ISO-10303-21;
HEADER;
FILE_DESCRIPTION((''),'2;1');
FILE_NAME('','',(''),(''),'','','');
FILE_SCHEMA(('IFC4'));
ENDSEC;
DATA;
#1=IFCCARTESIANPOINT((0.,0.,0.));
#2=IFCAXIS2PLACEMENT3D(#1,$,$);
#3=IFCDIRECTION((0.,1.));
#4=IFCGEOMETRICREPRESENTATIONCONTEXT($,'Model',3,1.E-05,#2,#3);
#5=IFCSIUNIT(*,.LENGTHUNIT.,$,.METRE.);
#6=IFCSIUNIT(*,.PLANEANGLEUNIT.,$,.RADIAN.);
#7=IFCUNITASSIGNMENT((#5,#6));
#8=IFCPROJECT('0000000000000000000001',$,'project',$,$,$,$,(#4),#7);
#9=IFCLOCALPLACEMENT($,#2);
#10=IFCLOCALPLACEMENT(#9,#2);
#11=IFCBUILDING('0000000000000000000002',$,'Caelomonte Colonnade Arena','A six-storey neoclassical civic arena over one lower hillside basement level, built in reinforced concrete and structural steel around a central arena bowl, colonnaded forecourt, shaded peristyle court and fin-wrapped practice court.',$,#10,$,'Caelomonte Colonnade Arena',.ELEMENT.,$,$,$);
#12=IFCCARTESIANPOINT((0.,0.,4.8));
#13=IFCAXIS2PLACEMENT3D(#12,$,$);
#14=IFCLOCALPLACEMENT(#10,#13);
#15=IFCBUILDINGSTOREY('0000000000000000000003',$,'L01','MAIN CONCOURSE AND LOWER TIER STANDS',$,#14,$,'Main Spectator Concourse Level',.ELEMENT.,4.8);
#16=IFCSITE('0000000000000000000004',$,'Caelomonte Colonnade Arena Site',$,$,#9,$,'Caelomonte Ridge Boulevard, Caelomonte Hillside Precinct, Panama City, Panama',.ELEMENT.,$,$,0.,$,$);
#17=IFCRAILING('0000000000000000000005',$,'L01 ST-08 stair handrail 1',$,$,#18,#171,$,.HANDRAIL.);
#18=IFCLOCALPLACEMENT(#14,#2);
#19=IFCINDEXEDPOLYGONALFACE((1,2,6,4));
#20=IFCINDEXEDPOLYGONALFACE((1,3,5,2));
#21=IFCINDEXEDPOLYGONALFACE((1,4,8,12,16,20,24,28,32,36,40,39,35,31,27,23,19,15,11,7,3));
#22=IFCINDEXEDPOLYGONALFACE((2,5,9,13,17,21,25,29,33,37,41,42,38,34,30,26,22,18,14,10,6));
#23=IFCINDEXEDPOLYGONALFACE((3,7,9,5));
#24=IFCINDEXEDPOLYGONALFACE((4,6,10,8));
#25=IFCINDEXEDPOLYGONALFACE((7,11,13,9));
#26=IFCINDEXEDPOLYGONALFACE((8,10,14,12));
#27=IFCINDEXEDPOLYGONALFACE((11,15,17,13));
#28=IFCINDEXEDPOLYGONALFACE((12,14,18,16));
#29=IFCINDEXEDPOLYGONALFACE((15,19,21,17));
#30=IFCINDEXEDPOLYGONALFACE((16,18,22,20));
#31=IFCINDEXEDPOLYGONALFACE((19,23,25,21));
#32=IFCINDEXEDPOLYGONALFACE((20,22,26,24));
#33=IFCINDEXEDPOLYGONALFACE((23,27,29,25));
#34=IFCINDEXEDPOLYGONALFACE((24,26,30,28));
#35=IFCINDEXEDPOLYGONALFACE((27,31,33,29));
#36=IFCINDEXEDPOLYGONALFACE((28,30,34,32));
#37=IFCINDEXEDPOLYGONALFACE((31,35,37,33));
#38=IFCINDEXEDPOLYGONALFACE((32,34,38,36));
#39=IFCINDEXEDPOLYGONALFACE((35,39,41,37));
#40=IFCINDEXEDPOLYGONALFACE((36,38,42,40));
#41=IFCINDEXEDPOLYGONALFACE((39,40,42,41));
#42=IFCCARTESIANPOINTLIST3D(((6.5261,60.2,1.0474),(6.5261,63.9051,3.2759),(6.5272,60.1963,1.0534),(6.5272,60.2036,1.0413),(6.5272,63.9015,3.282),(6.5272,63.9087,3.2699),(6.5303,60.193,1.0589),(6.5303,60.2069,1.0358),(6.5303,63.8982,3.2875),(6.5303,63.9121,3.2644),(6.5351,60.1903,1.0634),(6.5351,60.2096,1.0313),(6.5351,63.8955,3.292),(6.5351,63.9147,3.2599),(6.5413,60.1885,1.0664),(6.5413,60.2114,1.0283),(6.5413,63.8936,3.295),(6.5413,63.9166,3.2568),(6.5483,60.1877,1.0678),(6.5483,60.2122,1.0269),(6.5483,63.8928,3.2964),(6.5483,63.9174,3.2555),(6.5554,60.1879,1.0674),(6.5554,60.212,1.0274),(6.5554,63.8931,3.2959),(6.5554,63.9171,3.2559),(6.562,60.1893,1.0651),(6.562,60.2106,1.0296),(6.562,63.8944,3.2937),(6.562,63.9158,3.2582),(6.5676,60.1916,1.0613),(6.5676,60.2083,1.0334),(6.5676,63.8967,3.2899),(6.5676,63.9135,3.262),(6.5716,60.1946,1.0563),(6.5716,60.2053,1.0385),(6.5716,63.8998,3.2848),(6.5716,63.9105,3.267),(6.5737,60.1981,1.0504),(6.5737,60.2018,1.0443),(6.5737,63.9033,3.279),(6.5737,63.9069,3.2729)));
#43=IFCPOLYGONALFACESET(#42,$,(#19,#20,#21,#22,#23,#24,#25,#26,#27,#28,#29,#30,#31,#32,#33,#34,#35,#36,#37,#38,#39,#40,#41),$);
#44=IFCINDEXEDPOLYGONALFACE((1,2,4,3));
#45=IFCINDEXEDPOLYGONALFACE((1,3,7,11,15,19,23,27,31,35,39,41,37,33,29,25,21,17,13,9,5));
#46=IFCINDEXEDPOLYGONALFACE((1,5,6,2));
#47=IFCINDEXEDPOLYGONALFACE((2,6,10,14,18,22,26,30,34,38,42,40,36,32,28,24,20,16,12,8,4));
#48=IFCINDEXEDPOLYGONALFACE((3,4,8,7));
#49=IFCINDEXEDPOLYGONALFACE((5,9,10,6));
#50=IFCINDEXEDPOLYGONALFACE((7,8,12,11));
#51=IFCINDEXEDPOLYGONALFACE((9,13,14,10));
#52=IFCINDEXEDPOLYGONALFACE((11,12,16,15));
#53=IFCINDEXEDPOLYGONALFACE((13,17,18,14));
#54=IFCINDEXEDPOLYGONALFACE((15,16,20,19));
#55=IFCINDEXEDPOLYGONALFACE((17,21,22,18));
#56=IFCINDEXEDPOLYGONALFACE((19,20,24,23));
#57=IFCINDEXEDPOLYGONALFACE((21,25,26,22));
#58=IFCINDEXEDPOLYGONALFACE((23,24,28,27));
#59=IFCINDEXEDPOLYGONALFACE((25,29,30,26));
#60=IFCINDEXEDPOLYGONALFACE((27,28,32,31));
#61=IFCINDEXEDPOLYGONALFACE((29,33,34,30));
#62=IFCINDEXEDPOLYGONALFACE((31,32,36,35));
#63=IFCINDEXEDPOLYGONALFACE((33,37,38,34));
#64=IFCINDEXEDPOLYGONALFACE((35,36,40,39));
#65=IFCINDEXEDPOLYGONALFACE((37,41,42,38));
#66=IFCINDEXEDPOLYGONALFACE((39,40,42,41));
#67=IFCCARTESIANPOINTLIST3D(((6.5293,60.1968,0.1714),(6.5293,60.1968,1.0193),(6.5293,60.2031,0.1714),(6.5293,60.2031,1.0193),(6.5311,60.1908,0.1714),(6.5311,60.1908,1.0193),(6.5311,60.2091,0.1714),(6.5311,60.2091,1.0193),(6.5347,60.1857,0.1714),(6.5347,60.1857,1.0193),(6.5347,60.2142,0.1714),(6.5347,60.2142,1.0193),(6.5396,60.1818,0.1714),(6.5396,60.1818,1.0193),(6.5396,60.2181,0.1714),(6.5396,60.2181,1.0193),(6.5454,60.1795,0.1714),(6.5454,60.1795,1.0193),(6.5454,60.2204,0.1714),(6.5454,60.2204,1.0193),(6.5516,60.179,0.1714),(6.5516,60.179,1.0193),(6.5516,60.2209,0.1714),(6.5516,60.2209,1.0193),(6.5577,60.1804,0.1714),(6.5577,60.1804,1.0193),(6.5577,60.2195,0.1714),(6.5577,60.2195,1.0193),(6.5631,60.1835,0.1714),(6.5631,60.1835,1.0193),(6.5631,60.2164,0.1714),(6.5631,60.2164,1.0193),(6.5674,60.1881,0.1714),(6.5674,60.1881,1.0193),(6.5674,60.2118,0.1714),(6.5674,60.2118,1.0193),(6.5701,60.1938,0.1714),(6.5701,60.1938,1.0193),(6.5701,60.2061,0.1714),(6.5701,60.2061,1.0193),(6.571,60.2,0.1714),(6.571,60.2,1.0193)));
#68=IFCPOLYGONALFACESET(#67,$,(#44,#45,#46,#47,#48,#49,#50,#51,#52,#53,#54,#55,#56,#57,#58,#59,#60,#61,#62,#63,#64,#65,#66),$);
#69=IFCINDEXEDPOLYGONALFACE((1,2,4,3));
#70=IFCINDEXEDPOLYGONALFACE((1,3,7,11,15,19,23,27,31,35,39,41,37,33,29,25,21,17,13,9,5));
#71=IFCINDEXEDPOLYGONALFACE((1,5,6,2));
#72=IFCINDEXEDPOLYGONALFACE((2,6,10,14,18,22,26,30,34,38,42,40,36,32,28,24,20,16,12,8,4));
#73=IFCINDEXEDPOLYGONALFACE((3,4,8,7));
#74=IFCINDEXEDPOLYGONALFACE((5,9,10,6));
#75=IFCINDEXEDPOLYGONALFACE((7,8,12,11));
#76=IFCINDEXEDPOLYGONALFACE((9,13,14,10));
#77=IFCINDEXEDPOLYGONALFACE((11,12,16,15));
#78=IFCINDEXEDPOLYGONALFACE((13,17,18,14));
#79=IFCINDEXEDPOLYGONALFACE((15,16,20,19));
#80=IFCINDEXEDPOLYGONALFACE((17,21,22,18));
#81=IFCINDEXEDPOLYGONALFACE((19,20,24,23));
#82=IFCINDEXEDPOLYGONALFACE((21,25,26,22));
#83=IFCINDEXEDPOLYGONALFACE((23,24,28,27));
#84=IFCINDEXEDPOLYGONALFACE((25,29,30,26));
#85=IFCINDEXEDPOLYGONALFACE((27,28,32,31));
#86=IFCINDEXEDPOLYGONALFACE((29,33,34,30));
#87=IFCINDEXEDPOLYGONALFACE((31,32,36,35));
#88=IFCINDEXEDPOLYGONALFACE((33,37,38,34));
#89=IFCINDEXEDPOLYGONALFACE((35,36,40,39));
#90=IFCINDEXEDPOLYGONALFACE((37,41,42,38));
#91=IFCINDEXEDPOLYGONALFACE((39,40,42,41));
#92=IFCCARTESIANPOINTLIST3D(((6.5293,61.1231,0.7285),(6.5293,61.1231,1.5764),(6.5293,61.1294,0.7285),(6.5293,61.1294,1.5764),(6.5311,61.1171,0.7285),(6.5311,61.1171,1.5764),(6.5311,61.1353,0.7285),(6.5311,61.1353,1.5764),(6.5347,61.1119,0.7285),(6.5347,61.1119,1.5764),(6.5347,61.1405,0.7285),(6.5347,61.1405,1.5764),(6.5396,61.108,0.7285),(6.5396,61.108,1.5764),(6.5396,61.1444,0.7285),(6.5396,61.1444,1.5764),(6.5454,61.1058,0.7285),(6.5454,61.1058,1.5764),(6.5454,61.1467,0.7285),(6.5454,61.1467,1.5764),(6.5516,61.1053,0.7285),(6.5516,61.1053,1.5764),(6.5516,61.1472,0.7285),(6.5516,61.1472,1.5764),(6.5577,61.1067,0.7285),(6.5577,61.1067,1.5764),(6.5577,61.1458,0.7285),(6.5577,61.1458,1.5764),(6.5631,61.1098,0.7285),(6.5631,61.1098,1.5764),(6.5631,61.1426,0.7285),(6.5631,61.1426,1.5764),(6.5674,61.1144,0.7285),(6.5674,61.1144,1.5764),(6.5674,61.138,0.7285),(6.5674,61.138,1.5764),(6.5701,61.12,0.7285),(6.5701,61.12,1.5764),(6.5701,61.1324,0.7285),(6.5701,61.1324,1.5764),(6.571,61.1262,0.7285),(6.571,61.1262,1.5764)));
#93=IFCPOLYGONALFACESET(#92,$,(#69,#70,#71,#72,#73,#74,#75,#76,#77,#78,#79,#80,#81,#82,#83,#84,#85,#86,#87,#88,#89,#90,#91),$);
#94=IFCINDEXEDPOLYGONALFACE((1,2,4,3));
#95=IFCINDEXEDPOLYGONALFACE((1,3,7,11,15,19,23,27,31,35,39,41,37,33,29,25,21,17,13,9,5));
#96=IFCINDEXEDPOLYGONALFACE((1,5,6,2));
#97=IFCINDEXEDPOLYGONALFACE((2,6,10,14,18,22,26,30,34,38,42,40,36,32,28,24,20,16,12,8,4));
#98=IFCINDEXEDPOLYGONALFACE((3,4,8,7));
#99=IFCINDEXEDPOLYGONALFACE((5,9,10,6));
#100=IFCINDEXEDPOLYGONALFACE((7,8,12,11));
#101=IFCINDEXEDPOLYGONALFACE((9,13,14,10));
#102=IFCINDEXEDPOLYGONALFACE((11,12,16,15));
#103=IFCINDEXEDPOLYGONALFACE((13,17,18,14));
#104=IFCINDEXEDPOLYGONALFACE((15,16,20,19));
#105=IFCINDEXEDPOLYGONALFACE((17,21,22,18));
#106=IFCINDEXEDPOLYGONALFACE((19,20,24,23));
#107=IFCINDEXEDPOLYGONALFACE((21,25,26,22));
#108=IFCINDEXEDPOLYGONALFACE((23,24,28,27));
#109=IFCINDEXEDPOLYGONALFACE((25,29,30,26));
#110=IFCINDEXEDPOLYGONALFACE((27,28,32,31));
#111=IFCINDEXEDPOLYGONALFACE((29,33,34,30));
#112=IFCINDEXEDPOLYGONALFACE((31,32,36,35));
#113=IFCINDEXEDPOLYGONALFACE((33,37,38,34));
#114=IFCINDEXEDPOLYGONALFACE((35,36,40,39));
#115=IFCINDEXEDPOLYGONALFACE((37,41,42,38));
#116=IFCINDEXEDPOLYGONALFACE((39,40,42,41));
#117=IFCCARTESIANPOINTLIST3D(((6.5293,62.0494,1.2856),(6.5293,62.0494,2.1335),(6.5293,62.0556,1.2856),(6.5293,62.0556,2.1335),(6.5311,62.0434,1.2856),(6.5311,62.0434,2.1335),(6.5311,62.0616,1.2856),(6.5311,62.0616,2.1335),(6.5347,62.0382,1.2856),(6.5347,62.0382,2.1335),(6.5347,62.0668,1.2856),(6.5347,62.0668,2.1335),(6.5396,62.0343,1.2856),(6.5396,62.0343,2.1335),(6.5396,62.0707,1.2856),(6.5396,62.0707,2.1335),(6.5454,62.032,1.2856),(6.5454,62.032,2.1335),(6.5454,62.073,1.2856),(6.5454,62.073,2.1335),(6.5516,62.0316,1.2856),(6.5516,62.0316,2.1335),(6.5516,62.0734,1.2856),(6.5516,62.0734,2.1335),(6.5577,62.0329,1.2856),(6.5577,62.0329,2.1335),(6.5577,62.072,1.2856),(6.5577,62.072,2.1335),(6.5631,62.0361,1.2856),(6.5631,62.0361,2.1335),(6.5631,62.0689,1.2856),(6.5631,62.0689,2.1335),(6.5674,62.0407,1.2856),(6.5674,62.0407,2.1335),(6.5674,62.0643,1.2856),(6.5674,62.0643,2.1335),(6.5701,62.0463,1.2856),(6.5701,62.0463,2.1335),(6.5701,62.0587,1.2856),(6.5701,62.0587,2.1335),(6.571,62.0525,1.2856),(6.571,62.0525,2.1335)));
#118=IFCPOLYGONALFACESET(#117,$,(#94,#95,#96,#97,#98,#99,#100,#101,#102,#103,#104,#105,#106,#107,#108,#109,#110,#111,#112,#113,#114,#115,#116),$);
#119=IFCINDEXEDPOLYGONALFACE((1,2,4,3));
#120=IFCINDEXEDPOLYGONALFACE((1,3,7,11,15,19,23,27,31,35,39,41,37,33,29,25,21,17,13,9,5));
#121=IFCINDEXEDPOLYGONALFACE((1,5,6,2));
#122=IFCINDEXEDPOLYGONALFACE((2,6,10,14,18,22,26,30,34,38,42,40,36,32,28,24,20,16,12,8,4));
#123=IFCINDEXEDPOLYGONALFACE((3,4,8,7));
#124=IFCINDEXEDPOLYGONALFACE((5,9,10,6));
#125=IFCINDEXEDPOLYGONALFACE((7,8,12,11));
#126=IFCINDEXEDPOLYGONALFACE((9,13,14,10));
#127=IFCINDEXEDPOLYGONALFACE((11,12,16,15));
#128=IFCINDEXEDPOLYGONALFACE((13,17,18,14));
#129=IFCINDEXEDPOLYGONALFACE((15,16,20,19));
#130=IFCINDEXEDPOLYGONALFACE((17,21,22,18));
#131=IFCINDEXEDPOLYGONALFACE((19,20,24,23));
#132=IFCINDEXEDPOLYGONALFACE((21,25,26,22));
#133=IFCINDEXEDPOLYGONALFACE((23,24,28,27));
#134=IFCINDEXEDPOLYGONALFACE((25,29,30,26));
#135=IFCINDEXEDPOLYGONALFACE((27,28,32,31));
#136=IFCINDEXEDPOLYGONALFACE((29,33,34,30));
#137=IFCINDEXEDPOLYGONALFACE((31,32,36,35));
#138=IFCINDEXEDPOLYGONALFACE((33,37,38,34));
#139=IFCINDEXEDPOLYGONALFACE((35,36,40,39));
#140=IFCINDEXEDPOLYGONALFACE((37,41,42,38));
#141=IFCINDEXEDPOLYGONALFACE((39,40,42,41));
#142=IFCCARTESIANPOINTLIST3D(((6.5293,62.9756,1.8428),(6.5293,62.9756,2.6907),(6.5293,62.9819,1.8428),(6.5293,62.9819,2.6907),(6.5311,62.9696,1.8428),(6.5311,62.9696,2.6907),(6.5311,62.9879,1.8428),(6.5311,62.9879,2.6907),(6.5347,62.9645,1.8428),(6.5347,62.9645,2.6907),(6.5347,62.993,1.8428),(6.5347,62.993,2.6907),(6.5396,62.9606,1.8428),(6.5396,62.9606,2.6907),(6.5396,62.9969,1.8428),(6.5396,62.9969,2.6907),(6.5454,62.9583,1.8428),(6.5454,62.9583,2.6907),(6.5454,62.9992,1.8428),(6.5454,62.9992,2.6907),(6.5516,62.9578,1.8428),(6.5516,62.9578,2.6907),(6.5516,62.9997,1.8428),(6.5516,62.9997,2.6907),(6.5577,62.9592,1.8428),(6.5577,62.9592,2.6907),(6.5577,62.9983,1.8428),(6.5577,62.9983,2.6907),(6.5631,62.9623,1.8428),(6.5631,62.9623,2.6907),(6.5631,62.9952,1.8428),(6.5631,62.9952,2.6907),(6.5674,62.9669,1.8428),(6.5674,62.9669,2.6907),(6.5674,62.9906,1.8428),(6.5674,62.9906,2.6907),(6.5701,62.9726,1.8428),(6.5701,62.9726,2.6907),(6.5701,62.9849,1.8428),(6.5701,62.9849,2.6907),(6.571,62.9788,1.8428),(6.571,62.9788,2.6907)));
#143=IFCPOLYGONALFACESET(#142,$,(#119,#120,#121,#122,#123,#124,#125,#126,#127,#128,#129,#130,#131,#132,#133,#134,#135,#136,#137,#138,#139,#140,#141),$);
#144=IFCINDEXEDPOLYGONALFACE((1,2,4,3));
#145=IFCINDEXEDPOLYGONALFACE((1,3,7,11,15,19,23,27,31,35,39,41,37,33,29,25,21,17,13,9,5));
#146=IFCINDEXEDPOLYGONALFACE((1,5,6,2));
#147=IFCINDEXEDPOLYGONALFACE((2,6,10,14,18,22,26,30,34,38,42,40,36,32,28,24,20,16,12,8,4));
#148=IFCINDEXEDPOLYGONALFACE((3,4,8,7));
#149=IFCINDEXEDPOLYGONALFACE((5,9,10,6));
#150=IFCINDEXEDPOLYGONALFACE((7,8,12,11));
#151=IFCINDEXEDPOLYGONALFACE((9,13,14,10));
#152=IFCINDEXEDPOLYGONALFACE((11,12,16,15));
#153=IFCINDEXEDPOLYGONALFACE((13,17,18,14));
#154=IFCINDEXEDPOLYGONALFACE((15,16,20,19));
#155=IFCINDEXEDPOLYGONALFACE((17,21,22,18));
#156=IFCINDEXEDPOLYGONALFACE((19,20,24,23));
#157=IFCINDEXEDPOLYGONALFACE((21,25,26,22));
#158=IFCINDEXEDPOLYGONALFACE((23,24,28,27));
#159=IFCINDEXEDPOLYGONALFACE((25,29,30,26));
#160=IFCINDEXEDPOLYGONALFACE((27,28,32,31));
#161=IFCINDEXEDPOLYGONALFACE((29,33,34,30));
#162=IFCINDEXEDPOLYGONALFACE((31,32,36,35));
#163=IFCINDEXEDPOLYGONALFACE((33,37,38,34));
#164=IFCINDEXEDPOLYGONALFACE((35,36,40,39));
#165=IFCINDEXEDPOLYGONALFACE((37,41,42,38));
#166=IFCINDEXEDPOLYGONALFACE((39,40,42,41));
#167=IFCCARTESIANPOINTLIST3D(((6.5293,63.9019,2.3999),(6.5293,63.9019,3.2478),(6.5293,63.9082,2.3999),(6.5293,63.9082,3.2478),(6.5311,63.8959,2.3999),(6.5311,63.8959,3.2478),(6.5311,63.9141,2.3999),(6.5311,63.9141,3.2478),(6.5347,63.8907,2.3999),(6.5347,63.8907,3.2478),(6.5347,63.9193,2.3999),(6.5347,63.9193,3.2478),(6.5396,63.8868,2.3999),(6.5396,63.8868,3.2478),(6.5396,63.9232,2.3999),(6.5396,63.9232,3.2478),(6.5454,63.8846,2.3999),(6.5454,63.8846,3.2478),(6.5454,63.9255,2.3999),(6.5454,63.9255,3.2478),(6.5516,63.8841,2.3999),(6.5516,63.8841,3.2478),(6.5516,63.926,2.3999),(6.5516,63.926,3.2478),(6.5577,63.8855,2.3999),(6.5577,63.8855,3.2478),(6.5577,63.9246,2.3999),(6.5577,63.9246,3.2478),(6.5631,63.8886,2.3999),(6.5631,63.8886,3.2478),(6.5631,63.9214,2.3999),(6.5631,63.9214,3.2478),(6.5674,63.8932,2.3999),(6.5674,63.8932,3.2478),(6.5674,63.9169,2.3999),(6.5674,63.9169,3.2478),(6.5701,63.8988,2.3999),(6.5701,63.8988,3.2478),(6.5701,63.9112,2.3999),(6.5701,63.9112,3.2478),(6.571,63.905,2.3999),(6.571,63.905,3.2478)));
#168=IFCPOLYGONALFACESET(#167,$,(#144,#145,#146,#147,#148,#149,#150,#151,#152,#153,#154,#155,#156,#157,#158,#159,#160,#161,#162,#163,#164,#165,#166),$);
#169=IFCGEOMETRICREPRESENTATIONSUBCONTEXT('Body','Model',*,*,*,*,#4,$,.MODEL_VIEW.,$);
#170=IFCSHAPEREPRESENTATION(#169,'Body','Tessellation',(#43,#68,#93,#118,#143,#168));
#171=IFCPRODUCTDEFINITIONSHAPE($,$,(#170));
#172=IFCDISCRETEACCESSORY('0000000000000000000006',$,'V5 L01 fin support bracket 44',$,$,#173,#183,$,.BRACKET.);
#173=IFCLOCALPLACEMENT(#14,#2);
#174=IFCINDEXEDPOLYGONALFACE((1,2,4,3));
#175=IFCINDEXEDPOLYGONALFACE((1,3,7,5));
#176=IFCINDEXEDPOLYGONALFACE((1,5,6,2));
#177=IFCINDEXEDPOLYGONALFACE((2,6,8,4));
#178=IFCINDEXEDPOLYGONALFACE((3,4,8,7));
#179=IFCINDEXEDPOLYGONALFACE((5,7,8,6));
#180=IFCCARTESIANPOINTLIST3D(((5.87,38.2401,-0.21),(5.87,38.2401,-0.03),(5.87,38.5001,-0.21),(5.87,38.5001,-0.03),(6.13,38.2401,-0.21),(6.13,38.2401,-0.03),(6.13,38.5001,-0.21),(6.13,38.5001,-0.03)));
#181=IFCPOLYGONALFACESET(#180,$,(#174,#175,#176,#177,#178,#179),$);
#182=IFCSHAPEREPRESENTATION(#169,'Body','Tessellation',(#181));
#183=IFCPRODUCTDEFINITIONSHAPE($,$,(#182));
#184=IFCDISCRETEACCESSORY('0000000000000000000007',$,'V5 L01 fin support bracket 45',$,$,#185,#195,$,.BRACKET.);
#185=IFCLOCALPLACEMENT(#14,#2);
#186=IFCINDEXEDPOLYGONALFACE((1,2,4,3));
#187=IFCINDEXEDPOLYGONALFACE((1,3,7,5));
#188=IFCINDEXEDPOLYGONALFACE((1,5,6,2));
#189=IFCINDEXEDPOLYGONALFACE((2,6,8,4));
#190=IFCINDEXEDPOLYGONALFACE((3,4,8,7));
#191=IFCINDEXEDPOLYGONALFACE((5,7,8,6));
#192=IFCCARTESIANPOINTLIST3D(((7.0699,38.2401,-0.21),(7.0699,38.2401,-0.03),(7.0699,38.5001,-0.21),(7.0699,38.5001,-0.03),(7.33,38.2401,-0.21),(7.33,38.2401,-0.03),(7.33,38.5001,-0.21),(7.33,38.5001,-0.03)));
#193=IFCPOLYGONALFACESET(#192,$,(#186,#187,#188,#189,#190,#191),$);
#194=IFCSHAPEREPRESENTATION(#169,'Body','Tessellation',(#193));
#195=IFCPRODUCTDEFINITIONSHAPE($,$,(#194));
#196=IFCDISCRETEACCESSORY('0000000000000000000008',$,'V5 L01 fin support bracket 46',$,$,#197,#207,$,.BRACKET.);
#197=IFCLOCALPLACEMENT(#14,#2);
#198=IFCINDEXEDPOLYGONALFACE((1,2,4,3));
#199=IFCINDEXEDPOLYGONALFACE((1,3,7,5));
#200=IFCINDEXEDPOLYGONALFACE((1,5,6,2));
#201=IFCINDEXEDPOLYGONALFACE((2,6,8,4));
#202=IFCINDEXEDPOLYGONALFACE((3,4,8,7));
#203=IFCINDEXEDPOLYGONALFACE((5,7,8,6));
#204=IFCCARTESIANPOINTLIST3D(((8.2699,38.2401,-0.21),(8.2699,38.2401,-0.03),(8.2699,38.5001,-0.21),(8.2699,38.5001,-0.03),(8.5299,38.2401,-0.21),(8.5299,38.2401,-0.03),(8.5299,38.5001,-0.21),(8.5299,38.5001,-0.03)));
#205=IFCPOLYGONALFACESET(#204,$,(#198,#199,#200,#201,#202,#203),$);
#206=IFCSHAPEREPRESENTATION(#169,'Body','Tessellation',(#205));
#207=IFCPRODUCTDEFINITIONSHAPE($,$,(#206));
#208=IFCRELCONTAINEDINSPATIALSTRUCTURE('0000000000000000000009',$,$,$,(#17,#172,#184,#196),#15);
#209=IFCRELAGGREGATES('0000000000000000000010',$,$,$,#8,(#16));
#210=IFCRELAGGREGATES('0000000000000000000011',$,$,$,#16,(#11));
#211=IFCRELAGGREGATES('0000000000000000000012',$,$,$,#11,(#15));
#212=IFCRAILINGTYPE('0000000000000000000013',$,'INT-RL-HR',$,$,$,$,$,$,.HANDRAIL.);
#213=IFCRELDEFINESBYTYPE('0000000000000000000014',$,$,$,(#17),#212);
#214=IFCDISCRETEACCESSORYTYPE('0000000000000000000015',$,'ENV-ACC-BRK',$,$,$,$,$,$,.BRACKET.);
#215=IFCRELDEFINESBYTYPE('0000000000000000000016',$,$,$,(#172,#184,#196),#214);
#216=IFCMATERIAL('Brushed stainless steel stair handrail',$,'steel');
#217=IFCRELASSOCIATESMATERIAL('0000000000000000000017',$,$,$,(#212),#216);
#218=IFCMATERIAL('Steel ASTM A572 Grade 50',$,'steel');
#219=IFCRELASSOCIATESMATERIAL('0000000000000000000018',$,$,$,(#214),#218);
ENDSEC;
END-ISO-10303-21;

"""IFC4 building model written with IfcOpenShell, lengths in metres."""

from ifc_helpers import new_model, si_unit, direction, frame, origin, origin_2d, place, context, subcontext, project, spatial, rectangle, circle, extrude, material, type_object, element, save


model = new_model("IFC4")

# Units and contexts
model_context = context("Model", 3, precision=1e-05, world=origin(), true_north=direction((0.0, 1.0)))
body_context = subcontext(model_context, "Body", "Model", "MODEL_VIEW")
ifc_project = project(units=[si_unit("LENGTHUNIT", "METRE"), si_unit("PLANEANGLEUNIT", "RADIAN")], contexts=[model_context])

# Site, building, storey
site_placement = place(None, origin())
site = spatial("IfcSite", under=ifc_project, at=site_placement, Name="Caelomonte Colonnade Arena Site", LongName="Caelomonte Ridge Boulevard, Caelomonte Hillside Precinct, Panama City, Panama", CompositionType="ELEMENT", RefElevation=0.0)
building_placement = place(site_placement, origin())
building = spatial("IfcBuilding", under=site, at=building_placement, Name="Caelomonte Colonnade Arena", Description="A six-storey neoclassical civic arena over one lower hillside basement level, built in reinforced concrete and structural steel around a central arena bowl, colonnaded forecourt, shaded peristyle court and fin-wrapped practice court.", LongName="Caelomonte Colonnade Arena", CompositionType="ELEMENT")
storey_placement = place(building_placement, frame((0.0, 0.0, 4.8)))
storey = spatial("IfcBuildingStorey", under=building, at=storey_placement, Name="L01", Description="MAIN CONCOURSE AND LOWER TIER STANDS", LongName="Main Spectator Concourse Level", CompositionType="ELEMENT", Elevation=4.8)

# Railing
ifc_material_1 = material(Name="Brushed stainless steel stair handrail", Category="steel")
railing_type_1 = type_object("IfcRailingType", Name="INT-RL-HR", PredefinedType="HANDRAIL", material=ifc_material_1)
railing_1_placement = place(storey_placement, frame((6.55, 60.2, 0.1714)))
element("IfcRailing", 1, at=railing_1_placement, inside=storey, type_object=railing_type_1, Name="L01 ST-08 stair handrail 1", PredefinedType="HANDRAIL", context=body_context, shape_type="SweptSolid", body=[
    extrude(circle(Radius=0.0239, at=origin_2d()), frame((0.0, 0.0, 0.876), z_axis=(0.0, 0.856934, 0.515425), x_axis=(-1.0, 0.0, 0.0)), (0.0, 0.0, 1.0), 4.3237),
    extrude(circle(Radius=0.021, at=origin_2d()), origin(), (0.0, 0.0, 1.0), 0.8479),
    extrude(circle(Radius=0.021, at=origin_2d()), frame((0.0, 0.9263, 0.5571)), (0.0, 0.0, 1.0), 0.8479),
    extrude(circle(Radius=0.021, at=origin_2d()), frame((0.0, 1.8525, 1.1143)), (0.0, 0.0, 1.0), 0.8479),
    extrude(circle(Radius=0.021, at=origin_2d()), frame((0.0, 2.7788, 1.6714)), (0.0, 0.0, 1.0), 0.8479),
    extrude(circle(Radius=0.021, at=origin_2d()), frame((0.0, 3.7051, 2.2285)), (0.0, 0.0, 1.0), 0.8479),
])

# Discrete accessories
ifc_material_2 = material(Name="Steel ASTM A572 Grade 50", Category="steel")
discrete_accessory_type = type_object("IfcDiscreteAccessoryType", Name="ENV-ACC-BRK", PredefinedType="BRACKET", material=ifc_material_2)
for number, where, z_axis, x_axis, name in (
    (2, (6.0, 38.3701, -0.21), (0.0, 0.0, 1.0), (1.0, 0.0, 0.0), "V5 L01 fin support bracket 44"),
    (3, (7.2, 38.3701, -0.21), (0.0, 0.0, 1.0), (1.0, 0.0, 0.0), "V5 L01 fin support bracket 45"),
    (4, (8.3999, 38.3701, -0.21), (0.0, 0.0, 1.0), (1.0, 0.0, 0.0), "V5 L01 fin support bracket 46"),
):
    element("IfcDiscreteAccessory", number, at=place(storey_placement, frame(where, z_axis=z_axis, x_axis=x_axis)), inside=storey, type_object=discrete_accessory_type, Name=name, PredefinedType="BRACKET", context=body_context, shape_type="SweptSolid", body=[
        extrude(rectangle(XDim=0.26, YDim=0.26, at=origin_2d()), origin(), (0.0, 0.0, 1.0), 0.1799),
    ])

save(model, "model.ifc")
